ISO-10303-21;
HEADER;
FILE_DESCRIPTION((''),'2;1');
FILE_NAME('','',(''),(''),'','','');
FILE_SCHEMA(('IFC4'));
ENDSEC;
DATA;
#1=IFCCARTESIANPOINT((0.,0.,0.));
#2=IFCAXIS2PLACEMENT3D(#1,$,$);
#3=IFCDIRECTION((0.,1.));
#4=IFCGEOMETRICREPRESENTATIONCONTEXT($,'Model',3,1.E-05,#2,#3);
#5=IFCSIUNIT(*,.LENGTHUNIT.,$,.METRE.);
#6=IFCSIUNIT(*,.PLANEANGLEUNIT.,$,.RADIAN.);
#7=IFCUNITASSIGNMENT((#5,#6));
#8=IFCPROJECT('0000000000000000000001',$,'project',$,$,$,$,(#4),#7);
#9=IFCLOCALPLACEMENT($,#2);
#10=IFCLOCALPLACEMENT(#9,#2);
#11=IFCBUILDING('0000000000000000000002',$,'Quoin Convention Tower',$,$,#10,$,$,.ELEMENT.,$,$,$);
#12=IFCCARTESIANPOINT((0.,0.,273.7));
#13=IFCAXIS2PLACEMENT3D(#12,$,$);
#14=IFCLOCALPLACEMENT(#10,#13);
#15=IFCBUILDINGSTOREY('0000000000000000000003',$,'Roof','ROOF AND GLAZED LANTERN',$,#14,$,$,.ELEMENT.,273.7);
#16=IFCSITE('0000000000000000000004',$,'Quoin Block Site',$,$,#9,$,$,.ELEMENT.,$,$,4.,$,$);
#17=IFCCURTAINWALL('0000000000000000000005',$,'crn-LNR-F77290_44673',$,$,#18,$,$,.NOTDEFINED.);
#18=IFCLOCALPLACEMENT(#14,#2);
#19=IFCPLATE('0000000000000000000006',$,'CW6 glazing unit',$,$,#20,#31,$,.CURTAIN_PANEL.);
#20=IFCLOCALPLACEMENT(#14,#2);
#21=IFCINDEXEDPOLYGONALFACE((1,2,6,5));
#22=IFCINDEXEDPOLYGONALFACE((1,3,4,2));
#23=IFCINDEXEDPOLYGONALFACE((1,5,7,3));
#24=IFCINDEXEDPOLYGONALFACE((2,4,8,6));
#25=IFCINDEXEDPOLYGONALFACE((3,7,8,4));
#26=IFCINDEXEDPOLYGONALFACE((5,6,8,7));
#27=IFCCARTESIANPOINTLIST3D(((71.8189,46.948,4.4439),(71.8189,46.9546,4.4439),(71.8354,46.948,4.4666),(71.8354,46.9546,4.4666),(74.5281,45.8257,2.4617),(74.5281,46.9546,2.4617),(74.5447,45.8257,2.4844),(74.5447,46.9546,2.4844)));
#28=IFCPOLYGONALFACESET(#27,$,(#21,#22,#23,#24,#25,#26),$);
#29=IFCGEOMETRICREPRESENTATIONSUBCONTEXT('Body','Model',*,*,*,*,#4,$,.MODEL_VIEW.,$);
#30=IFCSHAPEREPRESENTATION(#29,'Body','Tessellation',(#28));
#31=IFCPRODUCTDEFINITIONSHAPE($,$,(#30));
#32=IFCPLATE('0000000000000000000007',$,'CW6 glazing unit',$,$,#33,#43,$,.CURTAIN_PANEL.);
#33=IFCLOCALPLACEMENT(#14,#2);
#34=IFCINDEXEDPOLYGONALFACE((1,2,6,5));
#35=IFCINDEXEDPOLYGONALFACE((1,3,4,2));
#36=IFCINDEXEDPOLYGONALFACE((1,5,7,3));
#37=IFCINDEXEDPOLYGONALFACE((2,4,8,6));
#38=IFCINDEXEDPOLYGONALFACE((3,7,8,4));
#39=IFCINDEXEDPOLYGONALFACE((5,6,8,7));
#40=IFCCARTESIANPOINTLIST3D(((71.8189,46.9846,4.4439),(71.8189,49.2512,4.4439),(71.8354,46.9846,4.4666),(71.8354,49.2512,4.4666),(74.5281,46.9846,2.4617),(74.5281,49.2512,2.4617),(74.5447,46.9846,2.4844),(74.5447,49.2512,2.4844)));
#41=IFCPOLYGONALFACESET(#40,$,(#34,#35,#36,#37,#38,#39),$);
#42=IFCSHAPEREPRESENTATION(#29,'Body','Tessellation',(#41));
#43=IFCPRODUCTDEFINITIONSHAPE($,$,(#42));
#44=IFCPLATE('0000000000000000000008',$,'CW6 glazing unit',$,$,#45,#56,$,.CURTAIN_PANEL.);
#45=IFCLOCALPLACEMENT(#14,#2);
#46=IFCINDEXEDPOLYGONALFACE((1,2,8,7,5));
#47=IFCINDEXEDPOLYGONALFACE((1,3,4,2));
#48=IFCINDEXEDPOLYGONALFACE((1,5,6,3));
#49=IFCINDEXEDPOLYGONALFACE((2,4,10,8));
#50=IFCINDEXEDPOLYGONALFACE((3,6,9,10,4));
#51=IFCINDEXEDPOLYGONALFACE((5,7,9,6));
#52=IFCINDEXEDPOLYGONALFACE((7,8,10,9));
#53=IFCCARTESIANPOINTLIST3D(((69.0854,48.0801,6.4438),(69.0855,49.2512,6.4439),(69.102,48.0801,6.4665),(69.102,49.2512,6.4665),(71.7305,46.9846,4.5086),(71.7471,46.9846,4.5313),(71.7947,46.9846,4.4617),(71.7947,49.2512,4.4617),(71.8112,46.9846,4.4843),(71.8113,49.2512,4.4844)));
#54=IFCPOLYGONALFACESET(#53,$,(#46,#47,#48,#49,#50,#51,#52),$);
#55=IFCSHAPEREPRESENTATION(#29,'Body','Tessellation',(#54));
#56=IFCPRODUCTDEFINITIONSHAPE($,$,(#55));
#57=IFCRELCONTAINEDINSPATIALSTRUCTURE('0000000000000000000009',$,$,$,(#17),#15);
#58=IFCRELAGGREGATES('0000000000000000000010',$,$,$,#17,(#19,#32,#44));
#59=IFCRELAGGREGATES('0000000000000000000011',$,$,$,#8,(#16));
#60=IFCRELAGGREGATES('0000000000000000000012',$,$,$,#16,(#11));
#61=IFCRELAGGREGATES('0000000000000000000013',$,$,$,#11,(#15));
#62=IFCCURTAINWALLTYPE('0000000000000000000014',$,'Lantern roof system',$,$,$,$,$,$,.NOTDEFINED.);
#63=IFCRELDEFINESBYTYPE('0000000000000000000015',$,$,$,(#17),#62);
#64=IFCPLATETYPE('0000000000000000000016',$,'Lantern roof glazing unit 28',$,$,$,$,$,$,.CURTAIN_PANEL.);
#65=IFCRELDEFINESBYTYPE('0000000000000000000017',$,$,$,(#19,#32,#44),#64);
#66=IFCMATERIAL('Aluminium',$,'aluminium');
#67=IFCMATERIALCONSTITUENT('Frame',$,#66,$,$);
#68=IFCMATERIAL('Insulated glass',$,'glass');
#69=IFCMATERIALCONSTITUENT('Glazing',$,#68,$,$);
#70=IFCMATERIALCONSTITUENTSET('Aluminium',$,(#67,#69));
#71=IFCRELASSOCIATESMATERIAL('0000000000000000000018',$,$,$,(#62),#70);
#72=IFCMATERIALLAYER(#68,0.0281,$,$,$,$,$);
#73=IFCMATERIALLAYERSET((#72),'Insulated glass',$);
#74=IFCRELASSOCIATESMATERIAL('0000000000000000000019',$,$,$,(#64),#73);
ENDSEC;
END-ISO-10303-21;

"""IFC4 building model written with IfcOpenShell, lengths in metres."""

from ifc_helpers import new_model, si_unit, direction, frame, origin, place, context, subcontext, project, spatial, polyline, outline, extrude, material, layer, layer_set, constituent, constituent_set, type_object, element, aggregate, save


model = new_model("IFC4")

# Units and contexts
model_context = context("Model", 3, precision=1e-05, world=origin(), true_north=direction((0.0, 1.0)))
body_context = subcontext(model_context, "Body", "Model", "MODEL_VIEW")
ifc_project = project(units=[si_unit("LENGTHUNIT", "METRE"), si_unit("PLANEANGLEUNIT", "RADIAN")], contexts=[model_context])

# Site, building, storey
site_placement = place(None, origin())
site = spatial("IfcSite", under=ifc_project, at=site_placement, Name="Quoin Block Site", CompositionType="ELEMENT", RefElevation=4.0)
building_placement = place(site_placement, origin())
building = spatial("IfcBuilding", under=site, at=building_placement, Name="Quoin Convention Tower", CompositionType="ELEMENT")
storey_placement = place(building_placement, frame((0.0, 0.0, 273.7)))
storey = spatial("IfcBuildingStorey", under=building, at=storey_placement, Name="Roof", Description="ROOF AND GLAZED LANTERN", CompositionType="ELEMENT", Elevation=273.7)

# Curtain wall
ifc_material_1 = material(Name="Aluminium", Category="aluminium")
ifc_constituent_1 = constituent(ifc_material_1, Name="Frame")
ifc_material_2 = material(Name="Insulated glass", Category="glass")
ifc_constituent_2 = constituent(ifc_material_2, Name="Glazing")
ifc_constituent_set = constituent_set(constituents=[ifc_constituent_1, ifc_constituent_2], Name="Aluminium")
curtain_wall_type = type_object("IfcCurtainWallType", Name="Lantern roof system", PredefinedType="NOTDEFINED", material=ifc_constituent_set)
curtain_wall_1_placement = place(storey_placement, origin())
curtain_wall_1 = element("IfcCurtainWall", 1, at=curtain_wall_1_placement, inside=storey, type_object=curtain_wall_type, Name="crn-LNR-F77290_44673", PredefinedType="NOTDEFINED")

# Plates
ifc_layer = layer(ifc_material_2, 0.0281)
ifc_layer_set = layer_set([ifc_layer], Name="Insulated glass")
plate_type = type_object("IfcPlateType", Name="Lantern roof glazing unit 28", PredefinedType="CURTAIN_PANEL", material=ifc_layer_set)
plate_1_placement = place(storey_placement, frame((71.8354, 46.9546, 4.4666), z_axis=(0.590474, 0.0, 0.807057), x_axis=(0.807057, 0.0, -0.590474)))
plate_1 = element("IfcPlate", 2, at=plate_1_placement, type_object=plate_type, Name="CW6 glazing unit", PredefinedType="CURTAIN_PANEL", context=body_context, shape_type="SweptSolid", body=[
    extrude(outline(polyline([(0.0, 0.0), (3.3569, 0.0), (3.3569, -1.1289), (0.0, -0.0066), (0.0, 0.0)])), origin(), (0.0, 0.0, -1.0), 0.0281),
])
plate_2_placement = place(storey_placement, frame((74.5447, 46.9846, 2.4844), z_axis=(0.590474, 0.0, 0.807057), x_axis=(-0.807057, 0.0, 0.590474)))
plate_2 = element("IfcPlate", 3, at=plate_2_placement, type_object=plate_type, Name="CW6 glazing unit", PredefinedType="CURTAIN_PANEL", context=body_context, shape_type="SweptSolid", body=[
    extrude(outline(polyline([(0.0, 0.0), (3.3569, 0.0), (3.3569, -2.2666), (0.0, -2.2666), (0.0, 0.0)])), origin(), (0.0, 0.0, -1.0), 0.0281),
])
plate_3_placement = place(storey_placement, frame((71.8113, 49.2512, 4.4844), z_axis=(0.590468, -0.000024, 0.807061), x_axis=(-0.000014, -1.0, -0.000019)))
plate_3 = element("IfcPlate", 4, at=plate_3_placement, type_object=plate_type, Name="CW6 glazing unit", PredefinedType="CURTAIN_PANEL", context=body_context, shape_type="SweptSolid", body=[
    extrude(outline(polyline([(0.0, 0.0), (2.2666, 0.0), (2.2666, -0.0795), (1.1711, -3.3569), (0.0, -3.3569), (0.0, 0.0)])), origin(), (0.0, 0.0, -1.0), 0.0281),
])
aggregate(curtain_wall_1, [plate_1, plate_2, plate_3])

save(model, "model.ifc")
